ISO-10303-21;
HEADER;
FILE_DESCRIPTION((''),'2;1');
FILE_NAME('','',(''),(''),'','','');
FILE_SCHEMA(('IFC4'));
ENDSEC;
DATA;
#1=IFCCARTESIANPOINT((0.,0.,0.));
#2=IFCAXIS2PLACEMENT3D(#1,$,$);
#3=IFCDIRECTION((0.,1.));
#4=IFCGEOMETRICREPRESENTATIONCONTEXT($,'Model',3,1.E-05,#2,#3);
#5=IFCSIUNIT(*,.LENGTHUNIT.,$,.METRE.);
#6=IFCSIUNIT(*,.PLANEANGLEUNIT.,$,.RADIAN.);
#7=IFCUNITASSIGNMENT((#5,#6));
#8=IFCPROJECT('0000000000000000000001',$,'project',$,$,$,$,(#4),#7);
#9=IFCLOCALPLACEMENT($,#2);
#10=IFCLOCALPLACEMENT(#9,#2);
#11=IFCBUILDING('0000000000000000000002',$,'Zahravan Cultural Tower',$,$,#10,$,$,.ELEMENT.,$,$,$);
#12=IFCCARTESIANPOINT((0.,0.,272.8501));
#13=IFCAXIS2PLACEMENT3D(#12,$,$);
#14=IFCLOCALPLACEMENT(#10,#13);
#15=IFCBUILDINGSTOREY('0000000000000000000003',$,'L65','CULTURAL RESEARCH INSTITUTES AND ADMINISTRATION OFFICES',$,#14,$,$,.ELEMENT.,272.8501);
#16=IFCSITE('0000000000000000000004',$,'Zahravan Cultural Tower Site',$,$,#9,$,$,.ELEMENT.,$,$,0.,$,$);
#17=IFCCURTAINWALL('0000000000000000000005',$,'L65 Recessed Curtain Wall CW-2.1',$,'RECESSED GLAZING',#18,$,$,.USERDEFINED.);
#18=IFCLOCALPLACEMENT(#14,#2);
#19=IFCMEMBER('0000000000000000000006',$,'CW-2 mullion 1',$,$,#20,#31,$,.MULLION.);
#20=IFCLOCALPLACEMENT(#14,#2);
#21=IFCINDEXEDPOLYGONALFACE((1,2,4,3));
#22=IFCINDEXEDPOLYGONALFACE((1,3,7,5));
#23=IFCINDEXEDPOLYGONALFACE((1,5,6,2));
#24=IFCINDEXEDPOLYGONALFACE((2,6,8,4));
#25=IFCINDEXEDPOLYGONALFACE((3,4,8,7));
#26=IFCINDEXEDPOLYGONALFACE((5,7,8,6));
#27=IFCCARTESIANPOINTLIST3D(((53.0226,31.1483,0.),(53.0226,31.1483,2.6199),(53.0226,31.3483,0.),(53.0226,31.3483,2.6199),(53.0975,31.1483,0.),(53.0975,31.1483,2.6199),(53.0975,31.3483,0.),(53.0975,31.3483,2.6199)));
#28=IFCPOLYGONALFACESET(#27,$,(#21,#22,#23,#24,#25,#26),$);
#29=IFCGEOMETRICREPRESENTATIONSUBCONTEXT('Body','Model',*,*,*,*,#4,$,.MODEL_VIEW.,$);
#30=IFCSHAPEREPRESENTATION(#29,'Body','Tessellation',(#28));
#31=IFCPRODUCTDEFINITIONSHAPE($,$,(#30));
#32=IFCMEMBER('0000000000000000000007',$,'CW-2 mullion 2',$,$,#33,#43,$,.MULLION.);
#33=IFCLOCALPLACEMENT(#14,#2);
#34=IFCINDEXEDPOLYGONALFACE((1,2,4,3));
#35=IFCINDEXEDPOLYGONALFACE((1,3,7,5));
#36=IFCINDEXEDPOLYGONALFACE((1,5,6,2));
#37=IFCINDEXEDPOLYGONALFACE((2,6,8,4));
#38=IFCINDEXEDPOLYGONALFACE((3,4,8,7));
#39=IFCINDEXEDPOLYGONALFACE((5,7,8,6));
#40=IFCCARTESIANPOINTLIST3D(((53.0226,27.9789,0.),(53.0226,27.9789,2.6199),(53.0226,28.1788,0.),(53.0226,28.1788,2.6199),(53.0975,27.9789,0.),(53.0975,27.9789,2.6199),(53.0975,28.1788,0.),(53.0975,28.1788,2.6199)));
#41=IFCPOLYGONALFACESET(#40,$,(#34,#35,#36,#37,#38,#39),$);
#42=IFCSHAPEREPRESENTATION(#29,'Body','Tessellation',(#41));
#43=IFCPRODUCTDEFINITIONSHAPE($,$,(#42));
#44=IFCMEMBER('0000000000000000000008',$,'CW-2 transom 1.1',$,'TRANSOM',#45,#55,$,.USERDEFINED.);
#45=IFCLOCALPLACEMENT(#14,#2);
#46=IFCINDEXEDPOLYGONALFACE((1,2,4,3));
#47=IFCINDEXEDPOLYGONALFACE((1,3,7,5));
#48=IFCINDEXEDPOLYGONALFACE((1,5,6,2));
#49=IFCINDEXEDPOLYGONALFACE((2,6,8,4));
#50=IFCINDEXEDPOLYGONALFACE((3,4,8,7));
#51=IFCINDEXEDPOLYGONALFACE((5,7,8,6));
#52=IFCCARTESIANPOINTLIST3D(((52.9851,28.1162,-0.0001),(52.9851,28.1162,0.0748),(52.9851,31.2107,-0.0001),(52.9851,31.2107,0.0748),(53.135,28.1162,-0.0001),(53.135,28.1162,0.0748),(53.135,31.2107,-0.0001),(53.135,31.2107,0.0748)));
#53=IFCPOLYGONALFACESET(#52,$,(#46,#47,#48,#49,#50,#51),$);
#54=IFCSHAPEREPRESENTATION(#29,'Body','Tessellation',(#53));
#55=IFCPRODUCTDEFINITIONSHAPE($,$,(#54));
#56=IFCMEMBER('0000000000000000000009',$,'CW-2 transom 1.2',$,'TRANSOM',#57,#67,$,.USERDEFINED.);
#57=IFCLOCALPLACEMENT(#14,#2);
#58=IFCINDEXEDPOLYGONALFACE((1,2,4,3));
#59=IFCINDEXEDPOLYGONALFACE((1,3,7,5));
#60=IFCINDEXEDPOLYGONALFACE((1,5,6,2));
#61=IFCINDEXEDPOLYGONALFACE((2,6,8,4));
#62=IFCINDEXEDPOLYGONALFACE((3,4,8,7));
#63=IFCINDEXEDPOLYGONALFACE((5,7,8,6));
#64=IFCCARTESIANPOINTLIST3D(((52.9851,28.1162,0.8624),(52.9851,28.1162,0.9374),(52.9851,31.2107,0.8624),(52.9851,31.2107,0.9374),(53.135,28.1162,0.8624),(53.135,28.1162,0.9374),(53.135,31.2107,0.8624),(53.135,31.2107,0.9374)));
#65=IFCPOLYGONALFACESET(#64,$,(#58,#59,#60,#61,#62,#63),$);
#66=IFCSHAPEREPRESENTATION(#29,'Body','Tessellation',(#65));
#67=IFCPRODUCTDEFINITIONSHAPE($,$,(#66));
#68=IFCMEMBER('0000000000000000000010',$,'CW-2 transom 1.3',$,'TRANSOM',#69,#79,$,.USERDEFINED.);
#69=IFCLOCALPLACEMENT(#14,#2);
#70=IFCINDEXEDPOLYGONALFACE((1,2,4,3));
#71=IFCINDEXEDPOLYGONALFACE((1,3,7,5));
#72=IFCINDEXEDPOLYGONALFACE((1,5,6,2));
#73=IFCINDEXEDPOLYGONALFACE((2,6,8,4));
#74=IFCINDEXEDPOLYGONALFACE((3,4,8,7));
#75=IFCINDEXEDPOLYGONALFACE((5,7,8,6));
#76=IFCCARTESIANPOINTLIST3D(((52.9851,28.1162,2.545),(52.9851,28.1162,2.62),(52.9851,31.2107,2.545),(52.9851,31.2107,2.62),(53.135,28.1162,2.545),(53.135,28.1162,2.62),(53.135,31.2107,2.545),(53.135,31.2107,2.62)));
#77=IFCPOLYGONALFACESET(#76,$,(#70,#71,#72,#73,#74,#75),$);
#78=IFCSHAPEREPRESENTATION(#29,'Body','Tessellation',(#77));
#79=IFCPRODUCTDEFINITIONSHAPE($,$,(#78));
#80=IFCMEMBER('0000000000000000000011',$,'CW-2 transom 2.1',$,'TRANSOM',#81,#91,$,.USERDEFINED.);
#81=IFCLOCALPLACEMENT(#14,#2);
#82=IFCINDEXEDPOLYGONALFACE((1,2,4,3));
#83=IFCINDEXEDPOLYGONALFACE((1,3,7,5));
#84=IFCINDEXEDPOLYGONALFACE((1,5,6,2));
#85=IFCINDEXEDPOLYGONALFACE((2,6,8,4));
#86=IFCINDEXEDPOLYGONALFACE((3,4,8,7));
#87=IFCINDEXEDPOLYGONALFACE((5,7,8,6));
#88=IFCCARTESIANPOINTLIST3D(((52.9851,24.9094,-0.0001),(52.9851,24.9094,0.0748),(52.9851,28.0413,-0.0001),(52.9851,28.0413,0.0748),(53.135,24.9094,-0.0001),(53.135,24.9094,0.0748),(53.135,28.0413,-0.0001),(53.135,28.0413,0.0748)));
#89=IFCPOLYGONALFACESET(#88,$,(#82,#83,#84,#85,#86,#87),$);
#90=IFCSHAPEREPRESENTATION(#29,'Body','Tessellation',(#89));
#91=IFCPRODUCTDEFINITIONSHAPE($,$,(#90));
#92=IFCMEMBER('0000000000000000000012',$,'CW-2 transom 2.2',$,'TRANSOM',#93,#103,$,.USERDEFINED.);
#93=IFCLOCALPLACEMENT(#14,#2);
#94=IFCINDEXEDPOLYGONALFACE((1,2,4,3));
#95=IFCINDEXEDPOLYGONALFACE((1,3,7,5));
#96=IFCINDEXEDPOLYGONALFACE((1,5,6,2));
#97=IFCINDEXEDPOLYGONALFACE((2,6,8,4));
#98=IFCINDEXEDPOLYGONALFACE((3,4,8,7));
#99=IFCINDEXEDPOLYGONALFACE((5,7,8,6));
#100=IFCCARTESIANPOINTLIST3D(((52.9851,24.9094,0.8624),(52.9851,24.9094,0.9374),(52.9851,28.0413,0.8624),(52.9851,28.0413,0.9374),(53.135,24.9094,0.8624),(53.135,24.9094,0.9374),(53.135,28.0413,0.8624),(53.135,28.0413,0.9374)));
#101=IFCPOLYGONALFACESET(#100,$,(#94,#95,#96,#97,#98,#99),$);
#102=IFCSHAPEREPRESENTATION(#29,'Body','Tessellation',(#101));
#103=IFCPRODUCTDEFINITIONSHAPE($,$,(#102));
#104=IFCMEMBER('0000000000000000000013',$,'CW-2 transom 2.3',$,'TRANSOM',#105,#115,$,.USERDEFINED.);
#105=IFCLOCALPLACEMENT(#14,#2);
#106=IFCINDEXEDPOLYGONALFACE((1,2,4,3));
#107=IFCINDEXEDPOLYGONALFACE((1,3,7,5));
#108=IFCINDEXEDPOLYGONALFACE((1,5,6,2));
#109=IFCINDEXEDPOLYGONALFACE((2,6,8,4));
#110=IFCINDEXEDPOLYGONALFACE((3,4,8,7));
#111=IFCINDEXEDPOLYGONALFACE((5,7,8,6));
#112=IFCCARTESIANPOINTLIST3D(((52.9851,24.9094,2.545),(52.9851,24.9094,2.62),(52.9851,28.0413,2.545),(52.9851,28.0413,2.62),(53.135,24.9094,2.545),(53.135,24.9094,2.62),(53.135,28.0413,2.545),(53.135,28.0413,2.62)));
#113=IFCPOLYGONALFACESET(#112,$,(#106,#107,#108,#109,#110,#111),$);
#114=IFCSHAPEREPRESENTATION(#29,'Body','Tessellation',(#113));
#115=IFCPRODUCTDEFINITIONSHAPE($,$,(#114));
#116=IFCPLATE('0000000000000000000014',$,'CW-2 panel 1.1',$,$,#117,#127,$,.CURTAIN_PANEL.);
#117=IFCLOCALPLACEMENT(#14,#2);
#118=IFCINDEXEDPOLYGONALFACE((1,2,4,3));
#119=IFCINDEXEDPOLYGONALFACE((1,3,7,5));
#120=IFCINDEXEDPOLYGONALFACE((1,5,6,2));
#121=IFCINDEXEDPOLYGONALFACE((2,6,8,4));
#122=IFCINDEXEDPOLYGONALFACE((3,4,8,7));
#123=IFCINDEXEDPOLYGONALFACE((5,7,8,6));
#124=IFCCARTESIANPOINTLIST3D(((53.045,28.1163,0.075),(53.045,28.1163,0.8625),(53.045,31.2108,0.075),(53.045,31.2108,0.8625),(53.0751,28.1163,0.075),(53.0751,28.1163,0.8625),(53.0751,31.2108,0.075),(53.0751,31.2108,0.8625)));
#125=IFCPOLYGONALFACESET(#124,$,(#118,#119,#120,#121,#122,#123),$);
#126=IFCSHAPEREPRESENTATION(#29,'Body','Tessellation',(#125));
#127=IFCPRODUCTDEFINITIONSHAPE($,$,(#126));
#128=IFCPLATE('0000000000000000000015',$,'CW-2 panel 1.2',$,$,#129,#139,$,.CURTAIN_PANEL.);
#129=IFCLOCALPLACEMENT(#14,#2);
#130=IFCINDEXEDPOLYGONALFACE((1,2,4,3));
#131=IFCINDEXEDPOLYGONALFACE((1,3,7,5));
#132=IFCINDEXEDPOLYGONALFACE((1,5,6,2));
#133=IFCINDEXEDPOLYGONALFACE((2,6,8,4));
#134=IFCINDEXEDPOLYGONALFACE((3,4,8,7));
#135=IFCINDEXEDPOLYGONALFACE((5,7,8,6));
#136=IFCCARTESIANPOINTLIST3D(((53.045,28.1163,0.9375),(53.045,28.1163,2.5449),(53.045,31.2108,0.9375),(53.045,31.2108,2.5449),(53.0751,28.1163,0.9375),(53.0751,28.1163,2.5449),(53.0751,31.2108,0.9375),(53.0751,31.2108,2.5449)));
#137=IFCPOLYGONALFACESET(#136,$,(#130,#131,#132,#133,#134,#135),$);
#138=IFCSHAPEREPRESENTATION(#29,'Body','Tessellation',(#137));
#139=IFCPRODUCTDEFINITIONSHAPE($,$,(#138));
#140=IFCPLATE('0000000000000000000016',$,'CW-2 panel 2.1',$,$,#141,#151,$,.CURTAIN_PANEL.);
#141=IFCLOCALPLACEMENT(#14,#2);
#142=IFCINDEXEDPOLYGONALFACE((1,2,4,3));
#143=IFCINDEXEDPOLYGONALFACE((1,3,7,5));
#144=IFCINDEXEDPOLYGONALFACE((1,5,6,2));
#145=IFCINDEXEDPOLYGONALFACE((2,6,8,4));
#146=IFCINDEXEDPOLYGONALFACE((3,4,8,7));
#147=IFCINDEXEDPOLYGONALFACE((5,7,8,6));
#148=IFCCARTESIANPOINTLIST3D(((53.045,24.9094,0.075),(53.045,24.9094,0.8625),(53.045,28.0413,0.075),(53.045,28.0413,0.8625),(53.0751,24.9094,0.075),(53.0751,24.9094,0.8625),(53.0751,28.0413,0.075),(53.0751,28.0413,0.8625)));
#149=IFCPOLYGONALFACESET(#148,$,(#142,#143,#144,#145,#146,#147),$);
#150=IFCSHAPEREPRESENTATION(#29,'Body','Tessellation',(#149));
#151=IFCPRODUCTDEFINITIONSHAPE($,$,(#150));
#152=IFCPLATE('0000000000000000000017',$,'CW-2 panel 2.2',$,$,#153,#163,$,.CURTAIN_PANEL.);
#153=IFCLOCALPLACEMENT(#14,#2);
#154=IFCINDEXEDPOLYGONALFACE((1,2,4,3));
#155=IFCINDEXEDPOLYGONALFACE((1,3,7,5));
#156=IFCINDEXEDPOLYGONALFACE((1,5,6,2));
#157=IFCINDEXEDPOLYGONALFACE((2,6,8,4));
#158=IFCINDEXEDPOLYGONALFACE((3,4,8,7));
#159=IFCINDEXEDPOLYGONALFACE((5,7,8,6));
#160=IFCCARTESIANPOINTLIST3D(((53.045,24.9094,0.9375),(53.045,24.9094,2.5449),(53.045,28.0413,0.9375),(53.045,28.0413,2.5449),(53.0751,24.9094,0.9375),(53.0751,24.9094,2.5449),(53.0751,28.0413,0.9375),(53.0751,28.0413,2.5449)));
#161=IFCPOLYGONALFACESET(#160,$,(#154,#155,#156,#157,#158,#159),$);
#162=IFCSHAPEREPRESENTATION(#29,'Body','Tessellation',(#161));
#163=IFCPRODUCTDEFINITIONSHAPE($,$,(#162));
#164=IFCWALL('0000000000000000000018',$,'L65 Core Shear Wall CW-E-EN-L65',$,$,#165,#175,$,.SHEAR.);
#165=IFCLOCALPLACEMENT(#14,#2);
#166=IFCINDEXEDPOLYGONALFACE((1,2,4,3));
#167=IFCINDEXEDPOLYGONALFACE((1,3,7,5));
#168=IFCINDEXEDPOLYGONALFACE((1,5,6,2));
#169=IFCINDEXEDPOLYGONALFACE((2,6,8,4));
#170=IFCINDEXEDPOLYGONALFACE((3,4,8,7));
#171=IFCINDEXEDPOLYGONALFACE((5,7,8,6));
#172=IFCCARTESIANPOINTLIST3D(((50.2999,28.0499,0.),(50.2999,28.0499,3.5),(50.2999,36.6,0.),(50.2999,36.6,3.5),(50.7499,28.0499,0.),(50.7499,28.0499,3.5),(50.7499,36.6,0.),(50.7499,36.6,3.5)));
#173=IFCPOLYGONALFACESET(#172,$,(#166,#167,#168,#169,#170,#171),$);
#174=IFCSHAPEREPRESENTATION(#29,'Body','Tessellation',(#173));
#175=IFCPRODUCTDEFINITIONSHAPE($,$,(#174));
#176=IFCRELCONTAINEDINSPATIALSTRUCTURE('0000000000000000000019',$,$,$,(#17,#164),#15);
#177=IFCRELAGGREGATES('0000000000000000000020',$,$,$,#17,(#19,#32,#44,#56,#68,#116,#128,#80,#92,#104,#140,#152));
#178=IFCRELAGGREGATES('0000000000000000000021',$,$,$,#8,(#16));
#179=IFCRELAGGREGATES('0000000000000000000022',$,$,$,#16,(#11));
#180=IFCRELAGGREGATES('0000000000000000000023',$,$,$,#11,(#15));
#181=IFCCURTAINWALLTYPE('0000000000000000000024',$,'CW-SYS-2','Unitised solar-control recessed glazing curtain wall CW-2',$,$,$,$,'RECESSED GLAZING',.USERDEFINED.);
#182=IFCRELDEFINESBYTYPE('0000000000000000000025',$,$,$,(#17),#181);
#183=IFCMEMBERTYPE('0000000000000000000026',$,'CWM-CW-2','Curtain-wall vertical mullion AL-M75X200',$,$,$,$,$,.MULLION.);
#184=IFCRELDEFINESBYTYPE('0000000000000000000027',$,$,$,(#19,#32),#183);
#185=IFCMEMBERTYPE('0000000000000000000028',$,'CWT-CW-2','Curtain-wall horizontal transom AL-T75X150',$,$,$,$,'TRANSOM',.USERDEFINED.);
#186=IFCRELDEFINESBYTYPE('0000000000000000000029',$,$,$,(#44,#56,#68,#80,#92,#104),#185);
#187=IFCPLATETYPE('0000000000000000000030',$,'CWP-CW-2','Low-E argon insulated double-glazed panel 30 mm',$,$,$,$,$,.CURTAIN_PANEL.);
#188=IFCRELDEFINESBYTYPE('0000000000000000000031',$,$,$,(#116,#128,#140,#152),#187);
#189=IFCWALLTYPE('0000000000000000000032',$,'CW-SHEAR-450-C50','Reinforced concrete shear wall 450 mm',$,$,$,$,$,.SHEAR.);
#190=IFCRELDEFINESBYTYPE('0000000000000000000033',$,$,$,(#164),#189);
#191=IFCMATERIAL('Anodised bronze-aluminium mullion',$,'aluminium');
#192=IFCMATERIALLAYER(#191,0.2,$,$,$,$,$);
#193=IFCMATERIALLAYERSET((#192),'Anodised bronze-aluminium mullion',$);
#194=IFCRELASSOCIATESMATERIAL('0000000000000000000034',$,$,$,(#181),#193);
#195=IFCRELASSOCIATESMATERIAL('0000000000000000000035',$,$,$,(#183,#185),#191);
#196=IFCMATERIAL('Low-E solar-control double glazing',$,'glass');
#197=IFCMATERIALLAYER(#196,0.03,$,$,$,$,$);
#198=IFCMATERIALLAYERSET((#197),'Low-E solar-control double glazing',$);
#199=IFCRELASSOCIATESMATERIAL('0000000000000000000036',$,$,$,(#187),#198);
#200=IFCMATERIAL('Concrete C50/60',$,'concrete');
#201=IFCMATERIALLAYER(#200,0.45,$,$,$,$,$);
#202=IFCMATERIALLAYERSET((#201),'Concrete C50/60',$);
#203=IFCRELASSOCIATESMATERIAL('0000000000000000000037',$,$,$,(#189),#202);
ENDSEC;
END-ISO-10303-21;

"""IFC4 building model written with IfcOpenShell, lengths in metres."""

from ifc_helpers import new_model, si_unit, direction, frame, frame_2d, origin, origin_2d, place, context, subcontext, project, spatial, rectangle, extrude, source, transform, mapped, material, layer, layer_set, material_profile, profile_set, type_object, element, aggregate, save


model = new_model("IFC4")

# Units and contexts
model_context = context("Model", 3, precision=1e-05, world=origin(), true_north=direction((0.0, 1.0)))
body_context = subcontext(model_context, "Body", "Model", "MODEL_VIEW")
ifc_project = project(units=[si_unit("LENGTHUNIT", "METRE"), si_unit("PLANEANGLEUNIT", "RADIAN")], contexts=[model_context])

# Site, building, storey
site_placement = place(None, origin())
site = spatial("IfcSite", under=ifc_project, at=site_placement, Name="Zahravan Cultural Tower Site", CompositionType="ELEMENT", RefElevation=0.0)
building_placement = place(site_placement, origin())
building = spatial("IfcBuilding", under=site, at=building_placement, Name="Zahravan Cultural Tower", CompositionType="ELEMENT")
storey_placement = place(building_placement, frame((0.0, 0.0, 272.8501)))
storey = spatial("IfcBuildingStorey", under=building, at=storey_placement, Name="L65", Description="CULTURAL RESEARCH INSTITUTES AND ADMINISTRATION OFFICES", CompositionType="ELEMENT", Elevation=272.8501)

# Curtain wall, members, plates
ifc_material_1 = material(Name="Anodised bronze-aluminium mullion", Category="aluminium")
ifc_layer_1 = layer(ifc_material_1, 0.2)
ifc_layer_set_1 = layer_set([ifc_layer_1], Name="Anodised bronze-aluminium mullion")
curtain_wall_type = type_object("IfcCurtainWallType", Name="CW-SYS-2", Description="Unitised solar-control recessed glazing curtain wall CW-2", ElementType="RECESSED GLAZING", PredefinedType="USERDEFINED", material=ifc_layer_set_1)
curtain_wall_placement = place(storey_placement, origin())
curtain_wall = element("IfcCurtainWall", 1, at=curtain_wall_placement, inside=storey, type_object=curtain_wall_type, Name="L65 Recessed Curtain Wall CW-2.1", ObjectType="RECESSED GLAZING", PredefinedType="USERDEFINED")
ifc_material_profile_1 = material_profile(ifc_material_1, rectangle(XDim=0.075, YDim=0.2, at=origin_2d()), Name="AL-M75X200")
ifc_profile_set_1 = profile_set([ifc_material_profile_1], Name="Anodised bronze-aluminium mullion")
member_type_1 = type_object("IfcMemberType", Name="CWM-CW-2", Description="Curtain-wall vertical mullion AL-M75X200", PredefinedType="MULLION", material=ifc_profile_set_1)
shared_shape_1 = source(origin(), body_context, "Body", "SweptSolid", [
    extrude(rectangle(XDim=0.075, YDim=0.2, at=origin_2d()), origin(), (0.0, 0.0, 1.0), 2.6199),
])
member_1_placement = place(storey_placement, frame((53.0601, 31.2483, 0.0), z_axis=(0.0, 0.0, 1.0), x_axis=(1.0, 0.0, 0.0)))
member_1 = element("IfcMember", 2, at=member_1_placement, type_object=member_type_1, Name="CW-2 mullion 1", PredefinedType="MULLION", context=body_context, shape_type="MappedRepresentation", body=[
    mapped(shared_shape_1, transform((0.0, 0.0, 0.0), x_axis=(1.0, 0.0, 0.0), y_axis=(0.0, 1.0, 0.0), z_axis=(0.0, 0.0, 1.0), scale=1.0)),
])
member_2_placement = place(storey_placement, frame((53.0601, 28.0789, 0.0), z_axis=(0.0, 0.0, 1.0), x_axis=(1.0, 0.0, 0.0)))
member_2 = element("IfcMember", 3, at=member_2_placement, type_object=member_type_1, Name="CW-2 mullion 2", PredefinedType="MULLION", context=body_context, shape_type="MappedRepresentation", body=[
    mapped(shared_shape_1, transform((0.0, 0.0, 0.0), x_axis=(1.0, 0.0, 0.0), y_axis=(0.0, 1.0, 0.0), z_axis=(0.0, 0.0, 1.0), scale=1.0)),
])
ifc_material_profile_2 = material_profile(ifc_material_1, rectangle(XDim=0.1499, YDim=0.075, at=origin_2d()), Name="AL-T75X150")
ifc_profile_set_2 = profile_set([ifc_material_profile_2], Name="Anodised bronze-aluminium mullion")
member_type_2 = type_object("IfcMemberType", Name="CWT-CW-2", Description="Curtain-wall horizontal transom AL-T75X150", ElementType="TRANSOM", PredefinedType="USERDEFINED", material=ifc_profile_set_2)
shared_shape_2 = source(origin(), body_context, "Body", "SweptSolid", [
    extrude(rectangle(XDim=0.1499, YDim=0.075, at=origin_2d()), origin(), (0.0, 0.0, 1.0), 3.0945),
])
member_3_placement = place(storey_placement, frame((53.0601, 31.2107, 0.0374), z_axis=(0.0, -1.0, 0.0), x_axis=(1.0, 0.0, 0.0)))
member_3 = element("IfcMember", 4, at=member_3_placement, type_object=member_type_2, Name="CW-2 transom 1.1", ObjectType="TRANSOM", PredefinedType="USERDEFINED", context=body_context, shape_type="MappedRepresentation", body=[
    mapped(shared_shape_2, transform((0.0, 0.0, 0.0), x_axis=(1.0, 0.0, 0.0), y_axis=(0.0, 1.0, 0.0), z_axis=(0.0, 0.0, 1.0), scale=1.0)),
])
member_4_placement = place(storey_placement, frame((53.0601, 31.2107, 0.8999), z_axis=(0.0, -1.0, 0.0), x_axis=(1.0, 0.0, 0.0)))
member_4 = element("IfcMember", 5, at=member_4_placement, type_object=member_type_2, Name="CW-2 transom 1.2", ObjectType="TRANSOM", PredefinedType="USERDEFINED", context=body_context, shape_type="MappedRepresentation", body=[
    mapped(shared_shape_2, transform((0.0, 0.0, 0.0), x_axis=(1.0, 0.0, 0.0), y_axis=(0.0, 1.0, 0.0), z_axis=(0.0, 0.0, 1.0), scale=1.0)),
])
member_5_placement = place(storey_placement, frame((53.0601, 31.2107, 2.5825), z_axis=(0.0, -1.0, 0.0), x_axis=(1.0, 0.0, 0.0)))
member_5 = element("IfcMember", 6, at=member_5_placement, type_object=member_type_2, Name="CW-2 transom 1.3", ObjectType="TRANSOM", PredefinedType="USERDEFINED", context=body_context, shape_type="MappedRepresentation", body=[
    mapped(shared_shape_2, transform((0.0, 0.0, 0.0), x_axis=(1.0, 0.0, 0.0), y_axis=(0.0, 1.0, 0.0), z_axis=(0.0, 0.0, 1.0), scale=1.0)),
])
shared_shape_3 = source(origin(), body_context, "Body", "SweptSolid", [
    extrude(rectangle(XDim=0.1499, YDim=0.075, at=origin_2d()), origin(), (0.0, 0.0, 1.0), 3.1318),
])
member_6_placement = place(storey_placement, frame((53.0601, 28.0413, 0.0374), z_axis=(0.0, -1.0, 0.0), x_axis=(1.0, 0.0, 0.0)))
member_6 = element("IfcMember", 7, at=member_6_placement, type_object=member_type_2, Name="CW-2 transom 2.1", ObjectType="TRANSOM", PredefinedType="USERDEFINED", context=body_context, shape_type="MappedRepresentation", body=[
    mapped(shared_shape_3, transform((0.0, 0.0, 0.0), x_axis=(1.0, 0.0, 0.0), y_axis=(0.0, 1.0, 0.0), z_axis=(0.0, 0.0, 1.0), scale=1.0)),
])
member_7_placement = place(storey_placement, frame((53.0601, 28.0413, 0.8999), z_axis=(0.0, -1.0, 0.0), x_axis=(1.0, 0.0, 0.0)))
member_7 = element("IfcMember", 8, at=member_7_placement, type_object=member_type_2, Name="CW-2 transom 2.2", ObjectType="TRANSOM", PredefinedType="USERDEFINED", context=body_context, shape_type="MappedRepresentation", body=[
    mapped(shared_shape_3, transform((0.0, 0.0, 0.0), x_axis=(1.0, 0.0, 0.0), y_axis=(0.0, 1.0, 0.0), z_axis=(0.0, 0.0, 1.0), scale=1.0)),
])
member_8_placement = place(storey_placement, frame((53.0601, 28.0413, 2.5825), z_axis=(0.0, -1.0, 0.0), x_axis=(1.0, 0.0, 0.0)))
member_8 = element("IfcMember", 9, at=member_8_placement, type_object=member_type_2, Name="CW-2 transom 2.3", ObjectType="TRANSOM", PredefinedType="USERDEFINED", context=body_context, shape_type="MappedRepresentation", body=[
    mapped(shared_shape_3, transform((0.0, 0.0, 0.0), x_axis=(1.0, 0.0, 0.0), y_axis=(0.0, 1.0, 0.0), z_axis=(0.0, 0.0, 1.0), scale=1.0)),
])
ifc_material_2 = material(Name="Low-E solar-control double glazing", Category="glass")
ifc_layer_2 = layer(ifc_material_2, 0.03)
ifc_layer_set_2 = layer_set([ifc_layer_2], Name="Low-E solar-control double glazing")
plate_type = type_object("IfcPlateType", Name="CWP-CW-2", Description="Low-E argon insulated double-glazed panel 30 mm", PredefinedType="CURTAIN_PANEL", material=ifc_layer_set_2)
shared_shape_4 = source(origin(), body_context, "Body", "SweptSolid", [
    extrude(rectangle(XDim=3.0945, YDim=0.03, at=origin_2d()), origin(), (0.0, 0.0, 1.0), 0.7876),
])
plate_1_placement = place(storey_placement, frame((53.0601, 29.6636, 0.075), z_axis=(0.0, 0.0, 1.0), x_axis=(0.0, -1.0, 0.0)))
plate_1 = element("IfcPlate", 10, at=plate_1_placement, type_object=plate_type, Name="CW-2 panel 1.1", PredefinedType="CURTAIN_PANEL", context=body_context, shape_type="MappedRepresentation", body=[
    mapped(shared_shape_4, transform((0.0, 0.0, 0.0), x_axis=(1.0, 0.0, 0.0), y_axis=(0.0, 1.0, 0.0), z_axis=(0.0, 0.0, 1.0), scale=1.0)),
])
shared_shape_5 = source(origin(), body_context, "Body", "SweptSolid", [
    extrude(rectangle(XDim=3.0945, YDim=0.03, at=origin_2d()), origin(), (0.0, 0.0, 1.0), 1.6074),
])
plate_2_placement = place(storey_placement, frame((53.0601, 29.6636, 0.9375), z_axis=(0.0, 0.0, 1.0), x_axis=(0.0, -1.0, 0.0)))
plate_2 = element("IfcPlate", 11, at=plate_2_placement, type_object=plate_type, Name="CW-2 panel 1.2", PredefinedType="CURTAIN_PANEL", context=body_context, shape_type="MappedRepresentation", body=[
    mapped(shared_shape_5, transform((0.0, 0.0, 0.0), x_axis=(1.0, 0.0, 0.0), y_axis=(0.0, 1.0, 0.0), z_axis=(0.0, 0.0, 1.0), scale=1.0)),
])
shared_shape_6 = source(origin(), body_context, "Body", "SweptSolid", [
    extrude(rectangle(XDim=3.1318, YDim=0.03, at=origin_2d()), origin(), (0.0, 0.0, 1.0), 0.7876),
])
plate_3_placement = place(storey_placement, frame((53.0601, 26.4753, 0.075), z_axis=(0.0, 0.0, 1.0), x_axis=(0.0, -1.0, 0.0)))
plate_3 = element("IfcPlate", 12, at=plate_3_placement, type_object=plate_type, Name="CW-2 panel 2.1", PredefinedType="CURTAIN_PANEL", context=body_context, shape_type="MappedRepresentation", body=[
    mapped(shared_shape_6, transform((0.0, 0.0, 0.0), x_axis=(1.0, 0.0, 0.0), y_axis=(0.0, 1.0, 0.0), z_axis=(0.0, 0.0, 1.0), scale=1.0)),
])
shared_shape_7 = source(origin(), body_context, "Body", "SweptSolid", [
    extrude(rectangle(XDim=3.1318, YDim=0.03, at=origin_2d()), origin(), (0.0, 0.0, 1.0), 1.6074),
])
plate_4_placement = place(storey_placement, frame((53.0601, 26.4753, 0.9375), z_axis=(0.0, 0.0, 1.0), x_axis=(0.0, -1.0, 0.0)))
plate_4 = element("IfcPlate", 13, at=plate_4_placement, type_object=plate_type, Name="CW-2 panel 2.2", PredefinedType="CURTAIN_PANEL", context=body_context, shape_type="MappedRepresentation", body=[
    mapped(shared_shape_7, transform((0.0, 0.0, 0.0), x_axis=(1.0, 0.0, 0.0), y_axis=(0.0, 1.0, 0.0), z_axis=(0.0, 0.0, 1.0), scale=1.0)),
])
aggregate(curtain_wall, [member_1, member_2, member_3, member_4, member_5, plate_1, plate_2, member_6, member_7, member_8, plate_3, plate_4])

# Wall
ifc_material_3 = material(Name="Concrete C50/60", Category="concrete")
ifc_layer_3 = layer(ifc_material_3, 0.45)
ifc_layer_set_3 = layer_set([ifc_layer_3], Name="Concrete C50/60")
wall_type_1 = type_object("IfcWallType", Name="CW-SHEAR-450-C50", Description="Reinforced concrete shear wall 450 mm", PredefinedType="SHEAR", material=ifc_layer_set_3)
shared_shape_8 = source(origin(), body_context, "Body", "SweptSolid", [
    extrude(rectangle(XDim=8.55, YDim=0.45, at=frame_2d((4.2749, 0.0))), origin(), (0.0, 0.0, 1.0), 3.5),
])
wall_1_placement = place(storey_placement, frame((50.5249, 28.05, 0.0), z_axis=(0.0, 0.0, 1.0), x_axis=(0.0, 1.0, 0.0)))
element("IfcWall", 14, at=wall_1_placement, inside=storey, type_object=wall_type_1, Name="L65 Core Shear Wall CW-E-EN-L65", PredefinedType="SHEAR", context=body_context, shape_type="MappedRepresentation", body=[
    mapped(shared_shape_8, transform((0.0, 0.0, 0.0), x_axis=(1.0, 0.0, 0.0), y_axis=(0.0, 1.0, 0.0), z_axis=(0.0, 0.0, 1.0), scale=1.0)),
])

save(model, "model.ifc")
